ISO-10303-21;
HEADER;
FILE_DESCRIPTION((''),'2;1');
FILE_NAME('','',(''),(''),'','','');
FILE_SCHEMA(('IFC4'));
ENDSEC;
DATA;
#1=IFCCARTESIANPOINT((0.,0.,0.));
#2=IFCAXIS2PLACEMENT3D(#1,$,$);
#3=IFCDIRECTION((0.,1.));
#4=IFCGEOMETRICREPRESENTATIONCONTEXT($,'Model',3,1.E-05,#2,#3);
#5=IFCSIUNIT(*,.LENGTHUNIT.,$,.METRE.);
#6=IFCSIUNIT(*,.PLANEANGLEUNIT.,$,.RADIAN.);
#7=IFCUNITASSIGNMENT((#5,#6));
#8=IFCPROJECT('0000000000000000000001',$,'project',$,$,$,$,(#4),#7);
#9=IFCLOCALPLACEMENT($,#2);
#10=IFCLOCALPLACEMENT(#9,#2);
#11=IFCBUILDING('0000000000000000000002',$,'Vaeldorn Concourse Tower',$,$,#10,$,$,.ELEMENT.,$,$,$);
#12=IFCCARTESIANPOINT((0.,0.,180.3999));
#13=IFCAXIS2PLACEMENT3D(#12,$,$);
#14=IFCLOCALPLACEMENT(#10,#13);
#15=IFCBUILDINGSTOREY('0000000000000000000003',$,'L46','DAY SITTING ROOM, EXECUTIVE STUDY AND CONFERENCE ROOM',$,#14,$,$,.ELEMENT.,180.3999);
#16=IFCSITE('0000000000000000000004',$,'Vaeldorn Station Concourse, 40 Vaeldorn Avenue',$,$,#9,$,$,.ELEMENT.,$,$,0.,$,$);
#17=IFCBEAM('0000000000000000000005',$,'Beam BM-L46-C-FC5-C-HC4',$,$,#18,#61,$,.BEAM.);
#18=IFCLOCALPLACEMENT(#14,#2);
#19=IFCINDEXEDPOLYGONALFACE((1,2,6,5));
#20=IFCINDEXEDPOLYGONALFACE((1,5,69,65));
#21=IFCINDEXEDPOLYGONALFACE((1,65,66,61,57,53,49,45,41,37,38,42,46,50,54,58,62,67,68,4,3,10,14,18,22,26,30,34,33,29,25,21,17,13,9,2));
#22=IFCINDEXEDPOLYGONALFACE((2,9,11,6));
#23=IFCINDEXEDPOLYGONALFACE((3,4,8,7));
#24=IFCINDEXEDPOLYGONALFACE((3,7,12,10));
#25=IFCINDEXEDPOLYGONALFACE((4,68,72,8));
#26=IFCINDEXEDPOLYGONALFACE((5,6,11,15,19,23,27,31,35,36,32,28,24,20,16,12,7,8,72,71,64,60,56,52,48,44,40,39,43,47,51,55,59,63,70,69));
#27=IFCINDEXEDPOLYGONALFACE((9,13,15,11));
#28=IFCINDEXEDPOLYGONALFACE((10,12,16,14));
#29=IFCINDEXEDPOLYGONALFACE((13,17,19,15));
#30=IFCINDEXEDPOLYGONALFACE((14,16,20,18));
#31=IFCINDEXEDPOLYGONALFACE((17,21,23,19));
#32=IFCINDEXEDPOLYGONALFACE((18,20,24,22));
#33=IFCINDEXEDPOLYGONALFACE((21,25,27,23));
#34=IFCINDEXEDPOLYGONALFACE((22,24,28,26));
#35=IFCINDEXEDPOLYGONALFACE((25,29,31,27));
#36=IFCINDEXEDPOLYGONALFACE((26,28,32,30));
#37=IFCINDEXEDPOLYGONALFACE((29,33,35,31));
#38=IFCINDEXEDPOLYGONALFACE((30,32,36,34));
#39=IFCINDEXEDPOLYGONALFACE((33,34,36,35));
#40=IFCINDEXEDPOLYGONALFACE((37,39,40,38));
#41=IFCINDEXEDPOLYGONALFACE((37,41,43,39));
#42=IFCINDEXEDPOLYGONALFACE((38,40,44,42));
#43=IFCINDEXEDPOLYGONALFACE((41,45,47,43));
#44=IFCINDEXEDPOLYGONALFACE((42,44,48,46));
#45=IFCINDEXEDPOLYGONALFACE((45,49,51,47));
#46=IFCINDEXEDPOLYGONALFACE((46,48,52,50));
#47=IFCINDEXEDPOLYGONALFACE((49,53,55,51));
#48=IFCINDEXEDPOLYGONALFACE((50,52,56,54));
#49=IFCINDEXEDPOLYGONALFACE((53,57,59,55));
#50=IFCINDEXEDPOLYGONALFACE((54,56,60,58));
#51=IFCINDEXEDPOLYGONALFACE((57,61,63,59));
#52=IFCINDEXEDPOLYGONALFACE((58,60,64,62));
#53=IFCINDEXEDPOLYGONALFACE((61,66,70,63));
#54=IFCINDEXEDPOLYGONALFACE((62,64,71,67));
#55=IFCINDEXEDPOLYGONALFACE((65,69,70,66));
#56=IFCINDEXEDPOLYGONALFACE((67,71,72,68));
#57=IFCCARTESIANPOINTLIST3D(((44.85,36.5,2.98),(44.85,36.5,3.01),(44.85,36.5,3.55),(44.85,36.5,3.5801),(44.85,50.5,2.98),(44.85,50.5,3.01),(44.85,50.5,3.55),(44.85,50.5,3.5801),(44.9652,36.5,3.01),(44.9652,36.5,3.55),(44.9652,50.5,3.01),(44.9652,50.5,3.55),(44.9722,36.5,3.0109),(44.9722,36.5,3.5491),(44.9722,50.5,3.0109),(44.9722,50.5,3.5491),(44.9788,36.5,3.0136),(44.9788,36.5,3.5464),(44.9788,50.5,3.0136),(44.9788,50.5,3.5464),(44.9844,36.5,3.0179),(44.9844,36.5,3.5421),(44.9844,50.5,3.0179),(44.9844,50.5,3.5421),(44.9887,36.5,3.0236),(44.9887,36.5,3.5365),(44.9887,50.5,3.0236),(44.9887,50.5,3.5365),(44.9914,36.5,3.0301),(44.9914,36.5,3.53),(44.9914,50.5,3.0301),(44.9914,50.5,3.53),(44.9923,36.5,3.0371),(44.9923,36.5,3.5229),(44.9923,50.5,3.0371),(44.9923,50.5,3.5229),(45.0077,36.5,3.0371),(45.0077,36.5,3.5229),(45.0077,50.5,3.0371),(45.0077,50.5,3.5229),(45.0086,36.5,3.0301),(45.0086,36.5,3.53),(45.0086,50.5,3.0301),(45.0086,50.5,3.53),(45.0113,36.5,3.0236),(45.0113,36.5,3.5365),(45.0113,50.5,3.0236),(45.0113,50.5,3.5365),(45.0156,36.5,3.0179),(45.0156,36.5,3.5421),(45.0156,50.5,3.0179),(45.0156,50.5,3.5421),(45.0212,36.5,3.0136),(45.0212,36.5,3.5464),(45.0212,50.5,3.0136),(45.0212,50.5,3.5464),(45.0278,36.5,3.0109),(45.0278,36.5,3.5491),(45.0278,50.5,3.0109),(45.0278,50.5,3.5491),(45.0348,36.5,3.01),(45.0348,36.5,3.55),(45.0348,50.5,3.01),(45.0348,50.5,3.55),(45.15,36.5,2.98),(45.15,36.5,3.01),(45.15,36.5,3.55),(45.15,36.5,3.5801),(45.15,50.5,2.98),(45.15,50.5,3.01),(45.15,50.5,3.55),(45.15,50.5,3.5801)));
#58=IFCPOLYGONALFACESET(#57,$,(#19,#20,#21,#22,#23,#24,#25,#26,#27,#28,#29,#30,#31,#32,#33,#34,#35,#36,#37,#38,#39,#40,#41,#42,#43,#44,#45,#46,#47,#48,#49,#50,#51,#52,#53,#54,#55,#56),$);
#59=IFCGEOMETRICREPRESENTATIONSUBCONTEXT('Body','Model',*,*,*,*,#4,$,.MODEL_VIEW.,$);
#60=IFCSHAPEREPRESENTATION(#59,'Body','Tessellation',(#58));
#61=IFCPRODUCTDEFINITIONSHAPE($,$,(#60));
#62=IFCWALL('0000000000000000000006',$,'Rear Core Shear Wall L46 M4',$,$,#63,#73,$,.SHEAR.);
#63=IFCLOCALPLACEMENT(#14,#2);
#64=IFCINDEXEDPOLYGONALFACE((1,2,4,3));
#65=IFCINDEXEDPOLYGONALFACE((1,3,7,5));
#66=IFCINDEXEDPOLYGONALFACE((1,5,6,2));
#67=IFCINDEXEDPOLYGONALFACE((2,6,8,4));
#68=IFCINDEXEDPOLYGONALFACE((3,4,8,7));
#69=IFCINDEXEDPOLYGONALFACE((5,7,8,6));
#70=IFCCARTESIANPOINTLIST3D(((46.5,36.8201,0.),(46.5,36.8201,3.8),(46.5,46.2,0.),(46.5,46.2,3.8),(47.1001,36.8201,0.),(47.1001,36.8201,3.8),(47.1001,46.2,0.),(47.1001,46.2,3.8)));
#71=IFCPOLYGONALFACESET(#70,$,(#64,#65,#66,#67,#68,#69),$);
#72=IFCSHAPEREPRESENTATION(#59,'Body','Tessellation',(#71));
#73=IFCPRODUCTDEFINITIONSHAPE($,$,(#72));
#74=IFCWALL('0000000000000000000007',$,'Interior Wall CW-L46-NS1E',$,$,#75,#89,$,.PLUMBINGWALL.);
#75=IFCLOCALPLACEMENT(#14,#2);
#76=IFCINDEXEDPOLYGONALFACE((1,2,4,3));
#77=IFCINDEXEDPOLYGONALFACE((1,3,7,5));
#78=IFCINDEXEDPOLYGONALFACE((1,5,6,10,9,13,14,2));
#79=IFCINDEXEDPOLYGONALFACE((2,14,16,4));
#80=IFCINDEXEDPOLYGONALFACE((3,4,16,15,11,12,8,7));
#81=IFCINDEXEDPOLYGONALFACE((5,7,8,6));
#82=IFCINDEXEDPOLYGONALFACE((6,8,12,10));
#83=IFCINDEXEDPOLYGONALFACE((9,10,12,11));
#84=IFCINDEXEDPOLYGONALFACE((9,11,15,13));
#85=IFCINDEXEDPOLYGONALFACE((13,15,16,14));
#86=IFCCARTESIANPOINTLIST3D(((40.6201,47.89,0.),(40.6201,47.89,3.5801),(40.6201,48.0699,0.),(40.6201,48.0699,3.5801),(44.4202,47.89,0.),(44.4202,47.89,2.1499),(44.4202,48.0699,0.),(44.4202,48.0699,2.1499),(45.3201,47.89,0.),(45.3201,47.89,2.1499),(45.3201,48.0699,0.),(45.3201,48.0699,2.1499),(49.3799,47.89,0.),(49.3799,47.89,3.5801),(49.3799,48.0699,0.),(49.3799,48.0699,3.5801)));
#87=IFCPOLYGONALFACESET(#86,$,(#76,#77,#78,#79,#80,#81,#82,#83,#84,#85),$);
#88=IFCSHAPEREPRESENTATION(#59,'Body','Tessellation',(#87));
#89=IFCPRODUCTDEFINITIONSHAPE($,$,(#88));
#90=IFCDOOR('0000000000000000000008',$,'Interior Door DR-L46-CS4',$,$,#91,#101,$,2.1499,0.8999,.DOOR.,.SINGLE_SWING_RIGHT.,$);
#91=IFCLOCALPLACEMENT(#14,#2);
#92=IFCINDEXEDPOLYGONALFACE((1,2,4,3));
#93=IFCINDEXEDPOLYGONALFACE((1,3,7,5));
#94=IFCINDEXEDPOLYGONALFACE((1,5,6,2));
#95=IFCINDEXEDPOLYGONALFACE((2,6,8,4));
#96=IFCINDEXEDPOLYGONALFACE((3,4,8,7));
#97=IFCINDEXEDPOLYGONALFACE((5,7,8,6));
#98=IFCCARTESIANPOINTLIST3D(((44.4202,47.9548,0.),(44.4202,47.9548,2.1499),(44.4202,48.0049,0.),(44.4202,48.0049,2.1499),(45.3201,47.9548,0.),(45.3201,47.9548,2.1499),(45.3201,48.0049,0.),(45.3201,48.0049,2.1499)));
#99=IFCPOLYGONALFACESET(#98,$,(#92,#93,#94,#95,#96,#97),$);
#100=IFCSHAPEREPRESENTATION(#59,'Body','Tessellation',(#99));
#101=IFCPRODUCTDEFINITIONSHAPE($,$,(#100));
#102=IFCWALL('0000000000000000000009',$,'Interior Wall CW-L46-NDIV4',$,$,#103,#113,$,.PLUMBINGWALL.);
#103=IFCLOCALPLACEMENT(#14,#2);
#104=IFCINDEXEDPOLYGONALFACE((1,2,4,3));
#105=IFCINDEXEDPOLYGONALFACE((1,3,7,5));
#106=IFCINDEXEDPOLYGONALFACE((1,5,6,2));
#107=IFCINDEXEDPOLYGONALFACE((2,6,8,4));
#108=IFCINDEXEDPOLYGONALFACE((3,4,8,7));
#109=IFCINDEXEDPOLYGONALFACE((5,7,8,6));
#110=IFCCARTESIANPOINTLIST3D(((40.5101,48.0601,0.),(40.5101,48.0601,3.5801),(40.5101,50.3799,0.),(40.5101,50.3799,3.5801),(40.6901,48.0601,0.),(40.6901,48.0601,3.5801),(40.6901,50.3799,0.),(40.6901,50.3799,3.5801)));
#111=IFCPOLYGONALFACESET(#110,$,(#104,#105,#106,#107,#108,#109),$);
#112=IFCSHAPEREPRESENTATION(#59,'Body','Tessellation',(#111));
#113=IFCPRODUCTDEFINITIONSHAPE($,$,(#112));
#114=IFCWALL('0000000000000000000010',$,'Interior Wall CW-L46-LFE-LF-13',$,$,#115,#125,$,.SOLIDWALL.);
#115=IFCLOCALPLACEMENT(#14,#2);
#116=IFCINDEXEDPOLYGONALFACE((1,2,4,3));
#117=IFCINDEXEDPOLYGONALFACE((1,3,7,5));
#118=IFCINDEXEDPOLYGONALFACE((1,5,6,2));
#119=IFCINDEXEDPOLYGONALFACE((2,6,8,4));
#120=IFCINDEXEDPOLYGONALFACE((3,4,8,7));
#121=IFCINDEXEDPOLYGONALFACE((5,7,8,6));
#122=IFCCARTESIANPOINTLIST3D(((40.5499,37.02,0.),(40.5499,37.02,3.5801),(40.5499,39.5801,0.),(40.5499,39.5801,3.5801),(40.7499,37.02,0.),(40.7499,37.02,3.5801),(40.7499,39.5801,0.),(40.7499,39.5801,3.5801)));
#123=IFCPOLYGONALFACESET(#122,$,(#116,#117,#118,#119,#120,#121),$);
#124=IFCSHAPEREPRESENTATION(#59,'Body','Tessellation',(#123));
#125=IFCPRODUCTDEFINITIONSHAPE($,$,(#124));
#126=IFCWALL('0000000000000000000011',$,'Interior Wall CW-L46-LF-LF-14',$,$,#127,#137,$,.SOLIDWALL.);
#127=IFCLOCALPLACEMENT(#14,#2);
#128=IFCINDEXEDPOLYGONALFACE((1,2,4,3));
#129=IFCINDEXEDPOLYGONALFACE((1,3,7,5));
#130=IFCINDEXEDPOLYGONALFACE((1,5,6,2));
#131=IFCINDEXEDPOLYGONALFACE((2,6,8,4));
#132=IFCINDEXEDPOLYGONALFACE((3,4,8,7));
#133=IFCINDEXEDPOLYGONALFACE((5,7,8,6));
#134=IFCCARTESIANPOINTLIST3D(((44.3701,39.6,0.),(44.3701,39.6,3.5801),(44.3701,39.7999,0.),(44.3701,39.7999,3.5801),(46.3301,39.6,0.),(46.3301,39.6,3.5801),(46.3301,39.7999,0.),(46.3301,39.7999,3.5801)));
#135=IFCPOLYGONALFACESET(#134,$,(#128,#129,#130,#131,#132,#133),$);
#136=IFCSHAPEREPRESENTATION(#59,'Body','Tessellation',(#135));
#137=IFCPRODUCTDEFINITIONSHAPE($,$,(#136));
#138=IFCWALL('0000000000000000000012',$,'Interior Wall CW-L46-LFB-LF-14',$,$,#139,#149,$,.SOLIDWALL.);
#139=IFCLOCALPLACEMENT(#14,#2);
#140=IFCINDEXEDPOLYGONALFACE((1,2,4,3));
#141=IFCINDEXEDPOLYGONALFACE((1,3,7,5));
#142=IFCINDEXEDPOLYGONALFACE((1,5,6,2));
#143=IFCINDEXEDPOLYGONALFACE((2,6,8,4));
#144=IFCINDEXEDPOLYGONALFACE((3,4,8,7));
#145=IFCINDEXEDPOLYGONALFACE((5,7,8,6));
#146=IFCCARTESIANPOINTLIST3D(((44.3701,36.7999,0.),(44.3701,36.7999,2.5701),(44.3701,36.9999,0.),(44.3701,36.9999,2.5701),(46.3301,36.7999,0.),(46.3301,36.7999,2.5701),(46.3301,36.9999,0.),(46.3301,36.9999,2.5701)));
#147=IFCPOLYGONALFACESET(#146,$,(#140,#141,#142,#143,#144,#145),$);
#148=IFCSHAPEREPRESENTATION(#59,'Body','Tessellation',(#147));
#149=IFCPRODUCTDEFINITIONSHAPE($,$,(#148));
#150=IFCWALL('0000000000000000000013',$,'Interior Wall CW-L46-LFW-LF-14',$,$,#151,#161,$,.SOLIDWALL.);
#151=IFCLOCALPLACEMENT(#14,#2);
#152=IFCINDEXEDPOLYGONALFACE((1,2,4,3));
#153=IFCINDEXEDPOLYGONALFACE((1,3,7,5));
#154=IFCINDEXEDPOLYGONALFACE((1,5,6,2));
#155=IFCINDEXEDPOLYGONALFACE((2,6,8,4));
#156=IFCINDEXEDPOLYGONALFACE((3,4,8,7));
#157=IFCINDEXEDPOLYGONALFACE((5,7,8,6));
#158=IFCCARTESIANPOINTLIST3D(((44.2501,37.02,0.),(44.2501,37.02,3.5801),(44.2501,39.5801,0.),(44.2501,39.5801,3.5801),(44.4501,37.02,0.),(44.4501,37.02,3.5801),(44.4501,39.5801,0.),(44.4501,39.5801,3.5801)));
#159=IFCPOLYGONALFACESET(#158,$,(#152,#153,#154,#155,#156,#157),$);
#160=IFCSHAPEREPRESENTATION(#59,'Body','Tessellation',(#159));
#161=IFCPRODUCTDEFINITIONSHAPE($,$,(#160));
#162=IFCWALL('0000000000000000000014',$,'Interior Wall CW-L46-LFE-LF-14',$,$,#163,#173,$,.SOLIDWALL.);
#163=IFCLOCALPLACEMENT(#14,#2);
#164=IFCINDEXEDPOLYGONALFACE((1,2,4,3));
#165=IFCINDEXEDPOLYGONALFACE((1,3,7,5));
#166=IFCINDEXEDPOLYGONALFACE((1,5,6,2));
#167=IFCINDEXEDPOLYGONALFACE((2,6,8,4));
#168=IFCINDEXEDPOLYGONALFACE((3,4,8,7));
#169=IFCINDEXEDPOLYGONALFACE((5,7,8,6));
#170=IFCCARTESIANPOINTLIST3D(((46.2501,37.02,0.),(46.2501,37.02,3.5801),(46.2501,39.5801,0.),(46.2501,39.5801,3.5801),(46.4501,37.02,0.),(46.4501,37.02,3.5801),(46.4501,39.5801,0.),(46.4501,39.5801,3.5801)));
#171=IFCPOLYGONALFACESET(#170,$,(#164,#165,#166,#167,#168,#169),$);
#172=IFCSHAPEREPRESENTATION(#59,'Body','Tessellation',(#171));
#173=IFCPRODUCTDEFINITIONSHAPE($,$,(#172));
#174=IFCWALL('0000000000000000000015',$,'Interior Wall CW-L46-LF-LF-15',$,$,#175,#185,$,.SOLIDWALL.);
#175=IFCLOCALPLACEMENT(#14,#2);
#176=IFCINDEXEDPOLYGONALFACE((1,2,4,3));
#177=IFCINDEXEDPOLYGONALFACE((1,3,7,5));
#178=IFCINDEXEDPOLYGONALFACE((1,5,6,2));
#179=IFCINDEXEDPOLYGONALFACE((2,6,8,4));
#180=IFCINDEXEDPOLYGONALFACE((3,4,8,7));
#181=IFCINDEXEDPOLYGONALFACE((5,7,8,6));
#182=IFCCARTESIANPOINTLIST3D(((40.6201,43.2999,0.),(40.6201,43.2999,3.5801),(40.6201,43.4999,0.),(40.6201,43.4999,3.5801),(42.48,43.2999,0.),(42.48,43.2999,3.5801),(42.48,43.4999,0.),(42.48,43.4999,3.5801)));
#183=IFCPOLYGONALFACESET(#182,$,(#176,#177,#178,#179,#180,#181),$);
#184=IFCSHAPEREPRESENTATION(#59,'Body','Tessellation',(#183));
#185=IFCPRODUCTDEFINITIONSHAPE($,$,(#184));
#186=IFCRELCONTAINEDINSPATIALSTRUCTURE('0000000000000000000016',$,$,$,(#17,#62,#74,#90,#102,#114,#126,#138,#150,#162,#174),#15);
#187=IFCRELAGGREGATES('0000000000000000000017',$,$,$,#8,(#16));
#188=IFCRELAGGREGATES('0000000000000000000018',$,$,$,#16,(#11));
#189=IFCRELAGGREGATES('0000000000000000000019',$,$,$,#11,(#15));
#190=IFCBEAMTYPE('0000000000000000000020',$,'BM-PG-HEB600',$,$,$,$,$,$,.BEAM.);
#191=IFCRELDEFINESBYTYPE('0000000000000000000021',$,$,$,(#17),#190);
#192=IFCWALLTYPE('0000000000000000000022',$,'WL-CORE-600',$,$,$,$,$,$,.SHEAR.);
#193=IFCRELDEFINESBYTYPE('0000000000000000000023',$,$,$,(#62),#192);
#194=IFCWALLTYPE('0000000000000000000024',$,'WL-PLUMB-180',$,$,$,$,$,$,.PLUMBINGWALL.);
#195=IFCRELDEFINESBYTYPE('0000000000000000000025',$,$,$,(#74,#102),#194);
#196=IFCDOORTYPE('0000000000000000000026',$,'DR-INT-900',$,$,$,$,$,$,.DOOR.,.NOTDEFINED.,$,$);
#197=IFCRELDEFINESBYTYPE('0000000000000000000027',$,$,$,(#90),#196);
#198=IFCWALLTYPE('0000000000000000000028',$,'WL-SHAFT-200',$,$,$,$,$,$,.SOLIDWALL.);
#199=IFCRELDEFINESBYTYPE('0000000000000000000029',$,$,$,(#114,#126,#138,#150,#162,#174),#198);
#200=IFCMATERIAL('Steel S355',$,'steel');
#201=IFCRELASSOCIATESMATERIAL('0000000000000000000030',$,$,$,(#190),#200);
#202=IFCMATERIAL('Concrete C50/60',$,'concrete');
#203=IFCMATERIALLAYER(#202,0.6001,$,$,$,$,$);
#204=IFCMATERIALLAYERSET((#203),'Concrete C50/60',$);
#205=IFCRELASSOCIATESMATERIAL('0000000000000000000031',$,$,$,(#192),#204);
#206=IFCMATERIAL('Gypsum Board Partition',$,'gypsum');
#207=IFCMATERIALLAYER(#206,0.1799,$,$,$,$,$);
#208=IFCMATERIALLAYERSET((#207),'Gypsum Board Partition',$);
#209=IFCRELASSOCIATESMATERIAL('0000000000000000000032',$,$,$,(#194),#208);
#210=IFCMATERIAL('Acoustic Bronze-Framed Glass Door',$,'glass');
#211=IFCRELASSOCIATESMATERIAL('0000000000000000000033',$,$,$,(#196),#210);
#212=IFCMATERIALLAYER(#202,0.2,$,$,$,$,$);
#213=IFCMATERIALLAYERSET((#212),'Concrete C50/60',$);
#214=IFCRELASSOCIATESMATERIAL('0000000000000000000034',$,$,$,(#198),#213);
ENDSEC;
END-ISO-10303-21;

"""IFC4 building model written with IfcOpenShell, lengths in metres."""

from ifc_helpers import new_model, si_unit, direction, frame, frame_2d, origin, origin_2d, place, context, subcontext, project, spatial, rectangle, i_section, extrude, source, transform, mapped, material, layer, layer_set, material_profile, profile_set, type_object, element, fill, save


model = new_model("IFC4")

# Units and contexts
model_context = context("Model", 3, precision=1e-05, world=origin(), true_north=direction((0.0, 1.0)))
body_context = subcontext(model_context, "Body", "Model", "MODEL_VIEW")
ifc_project = project(units=[si_unit("LENGTHUNIT", "METRE"), si_unit("PLANEANGLEUNIT", "RADIAN")], contexts=[model_context])

# Site, building, storey
site_placement = place(None, origin())
site = spatial("IfcSite", under=ifc_project, at=site_placement, Name="Vaeldorn Station Concourse, 40 Vaeldorn Avenue", CompositionType="ELEMENT", RefElevation=0.0)
building_placement = place(site_placement, origin())
building = spatial("IfcBuilding", under=site, at=building_placement, Name="Vaeldorn Concourse Tower", CompositionType="ELEMENT")
storey_placement = place(building_placement, frame((0.0, 0.0, 180.3999)))
storey = spatial("IfcBuildingStorey", under=building, at=storey_placement, Name="L46", Description="DAY SITTING ROOM, EXECUTIVE STUDY AND CONFERENCE ROOM", CompositionType="ELEMENT", Elevation=180.3999)

# Beam
ifc_material_1 = material(Name="Concrete C50/60", Category="concrete")
ifc_material_2 = material(Name="Steel S355", Category="steel")
ifc_material_profile_1 = material_profile(ifc_material_2, i_section(OverallWidth=0.3, OverallDepth=0.6001, WebThickness=0.0154, FlangeThickness=0.03, FilletRadius=0.0271, at=origin_2d()), Name="HEB 600")
ifc_profile_set_1 = profile_set([ifc_material_profile_1], Name="Steel S355")
beam_type_1 = type_object("IfcBeamType", Name="BM-PG-HEB600", PredefinedType="BEAM", material=ifc_profile_set_1)
shared_shape_1 = source(origin(), body_context, "Body", "SweptSolid", [
    extrude(i_section(OverallWidth=0.3, OverallDepth=0.6001, WebThickness=0.0154, FlangeThickness=0.03, FilletRadius=0.0271, at=origin_2d()), origin(), (0.0, 0.0, 1.0), 14.0),
])
beam_1_placement = place(storey_placement, frame((45.0, 36.5, 3.28), z_axis=(0.0, 1.0, 0.0), x_axis=(-1.0, 0.0, 0.0)))
element("IfcBeam", 1, at=beam_1_placement, inside=storey, type_object=beam_type_1, Name="Beam BM-L46-C-FC5-C-HC4", PredefinedType="BEAM", context=body_context, shape_type="MappedRepresentation", body=[
    mapped(shared_shape_1, transform((0.0, 0.0, 0.0), scale=1.0)),
])

# Wall
ifc_layer_1 = layer(ifc_material_1, 0.6001)
ifc_layer_set_1 = layer_set([ifc_layer_1], Name="Concrete C50/60")
wall_type_1 = type_object("IfcWallType", Name="WL-CORE-600", PredefinedType="SHEAR", material=ifc_layer_set_1)
wall_1_placement = place(storey_placement, frame((46.8, 36.8201, 0.0), z_axis=(0.0, 0.0, 1.0), x_axis=(0.0, 1.0, 0.0)))
element("IfcWall", 2, at=wall_1_placement, inside=storey, type_object=wall_type_1, Name="Rear Core Shear Wall L46 M4", PredefinedType="SHEAR", context=body_context, shape_type="SweptSolid", body=[
    extrude(rectangle(XDim=9.3799, YDim=0.6001, at=frame_2d((4.6899, 0.0))), origin(), (0.0, 0.0, 1.0), 3.8),
])

# Wall, opening, door
ifc_material_3 = material(Name="Gypsum Board Partition", Category="gypsum")
ifc_layer_2 = layer(ifc_material_3, 0.1799)
ifc_layer_set_2 = layer_set([ifc_layer_2], Name="Gypsum Board Partition")
wall_type_2 = type_object("IfcWallType", Name="WL-PLUMB-180", PredefinedType="PLUMBINGWALL", material=ifc_layer_set_2)
wall_2_placement = place(storey_placement, frame((40.6201, 47.98, 0.0), z_axis=(0.0, 0.0, 1.0), x_axis=(1.0, 0.0, 0.0)))
wall_2 = element("IfcWall", 3, at=wall_2_placement, inside=storey, type_object=wall_type_2, Name="Interior Wall CW-L46-NS1E", PredefinedType="PLUMBINGWALL", context=body_context, shape_type="SweptSolid", body=[
    extrude(rectangle(XDim=8.7598, YDim=0.1799, at=frame_2d((4.3799, 0.0))), origin(), (0.0, 0.0, 1.0), 3.5801),
])
opening_1_placement = place(wall_2_placement, frame((3.8, 0.0, 0.0)))
opening_1 = element("IfcOpeningElement", 4, at=opening_1_placement, cuts=wall_2, PredefinedType="OPENING", context=body_context, shape_type="SweptSolid", body=[
    extrude(rectangle(XDim=0.8999, YDim=2.1499, at=frame_2d((0.45, 1.075))), frame((0.0, 0.1001, 0.0), z_axis=(0.0, -1.0, 0.0), x_axis=(1.0, 0.0, 0.0)), (0.0, 0.0, 1.0), 0.2),
])
ifc_material_4 = material(Name="Acoustic Bronze-Framed Glass Door", Category="glass")
door_type_1 = type_object("IfcDoorType", Name="DR-INT-900", OperationType="NOTDEFINED", PredefinedType="DOOR", material=ifc_material_4)
shared_shape_2 = source(origin(), body_context, "Body", "SweptSolid", [
    extrude(rectangle(XDim=0.8999, YDim=2.1499, at=frame_2d((0.45, 1.075))), frame((0.0, 0.0249, 0.0), z_axis=(0.0, -1.0, 0.0), x_axis=(1.0, 0.0, 0.0)), (0.0, 0.0, 1.0), 0.05),
])
door_1_placement = place(opening_1_placement, origin())
door_1 = element("IfcDoor", 5, at=door_1_placement, inside=storey, type_object=door_type_1, Name="Interior Door DR-L46-CS4", OperationType="SINGLE_SWING_RIGHT", OverallHeight=2.1499, OverallWidth=0.8999, PredefinedType="DOOR", context=body_context, shape_type="MappedRepresentation", body=[
    mapped(shared_shape_2, transform((0.0, 0.0, 0.0), scale=1.0)),
])
fill(opening_1, door_1)

# Wall
wall_3_placement = place(storey_placement, frame((40.6001, 48.0601, 0.0), z_axis=(0.0, 0.0, 1.0), x_axis=(0.0, 1.0, 0.0)))
element("IfcWall", 6, at=wall_3_placement, inside=storey, type_object=wall_type_2, Name="Interior Wall CW-L46-NDIV4", PredefinedType="PLUMBINGWALL", context=body_context, shape_type="SweptSolid", body=[
    extrude(rectangle(XDim=2.3198, YDim=0.1799, at=frame_2d((1.1599, 0.0))), origin(), (0.0, 0.0, 1.0), 3.5801),
])

# Shared definitions
ifc_layer_3 = layer(ifc_material_1, 0.2)
ifc_layer_set_3 = layer_set([ifc_layer_3], Name="Concrete C50/60")
wall_type_3 = type_object("IfcWallType", Name="WL-SHAFT-200", PredefinedType="SOLIDWALL", material=ifc_layer_set_3)

# Walls
wall_4_placement = place(storey_placement, frame((40.6499, 37.02, 0.0), z_axis=(0.0, 0.0, 1.0), x_axis=(0.0, 1.0, 0.0)))
element("IfcWall", 7, at=wall_4_placement, inside=storey, type_object=wall_type_3, Name="Interior Wall CW-L46-LFE-LF-13", PredefinedType="SOLIDWALL", context=body_context, shape_type="SweptSolid", body=[
    extrude(rectangle(XDim=2.5601, YDim=0.2, at=frame_2d((1.28, 0.0))), origin(), (0.0, 0.0, 1.0), 3.5801),
])
wall_5_placement = place(storey_placement, frame((44.3701, 39.7, 0.0), z_axis=(0.0, 0.0, 1.0), x_axis=(1.0, 0.0, 0.0)))
element("IfcWall", 8, at=wall_5_placement, inside=storey, type_object=wall_type_3, Name="Interior Wall CW-L46-LF-LF-14", PredefinedType="SOLIDWALL", context=body_context, shape_type="SweptSolid", body=[
    extrude(rectangle(XDim=1.96, YDim=0.2, at=frame_2d((0.98, 0.0))), origin(), (0.0, 0.0, 1.0), 3.5801),
])
wall_6_placement = place(storey_placement, frame((44.3701, 36.8999, 0.0), z_axis=(0.0, 0.0, 1.0), x_axis=(1.0, 0.0, 0.0)))
element("IfcWall", 9, at=wall_6_placement, inside=storey, type_object=wall_type_3, Name="Interior Wall CW-L46-LFB-LF-14", PredefinedType="SOLIDWALL", context=body_context, shape_type="SweptSolid", body=[
    extrude(rectangle(XDim=1.96, YDim=0.2, at=frame_2d((0.98, 0.0))), origin(), (0.0, 0.0, 1.0), 2.5701),
])
for number, where, z_axis, x_axis, name in (
    (10, (44.3501, 37.02, 0.0), (0.0, 0.0, 1.0), (0.0, 1.0, 0.0), "Interior Wall CW-L46-LFW-LF-14"),
    (11, (46.3501, 37.02, 0.0), (0.0, 0.0, 1.0), (0.0, 1.0, 0.0), "Interior Wall CW-L46-LFE-LF-14"),
):
    element("IfcWall", number, at=place(storey_placement, frame(where, z_axis=z_axis, x_axis=x_axis)), inside=storey, type_object=wall_type_3, Name=name, PredefinedType="SOLIDWALL", context=body_context, shape_type="SweptSolid", body=[
        extrude(rectangle(XDim=2.5601, YDim=0.2, at=frame_2d((1.28, 0.0))), origin(), (0.0, 0.0, 1.0), 3.5801),
    ])
for number, where, z_axis, x_axis, name in (
    (12, (40.6201, 43.3999, 0.0), (0.0, 0.0, 1.0), (1.0, 0.0, 0.0), "Interior Wall CW-L46-LF-LF-15"),
):
    element("IfcWall", number, at=place(storey_placement, frame(where, z_axis=z_axis, x_axis=x_axis)), inside=storey, type_object=wall_type_3, Name=name, PredefinedType="SOLIDWALL", context=body_context, shape_type="SweptSolid", body=[
        extrude(rectangle(XDim=1.8599, YDim=0.2, at=frame_2d((0.9299, 0.0))), origin(), (0.0, 0.0, 1.0), 3.5801),
    ])

save(model, "model.ifc")
